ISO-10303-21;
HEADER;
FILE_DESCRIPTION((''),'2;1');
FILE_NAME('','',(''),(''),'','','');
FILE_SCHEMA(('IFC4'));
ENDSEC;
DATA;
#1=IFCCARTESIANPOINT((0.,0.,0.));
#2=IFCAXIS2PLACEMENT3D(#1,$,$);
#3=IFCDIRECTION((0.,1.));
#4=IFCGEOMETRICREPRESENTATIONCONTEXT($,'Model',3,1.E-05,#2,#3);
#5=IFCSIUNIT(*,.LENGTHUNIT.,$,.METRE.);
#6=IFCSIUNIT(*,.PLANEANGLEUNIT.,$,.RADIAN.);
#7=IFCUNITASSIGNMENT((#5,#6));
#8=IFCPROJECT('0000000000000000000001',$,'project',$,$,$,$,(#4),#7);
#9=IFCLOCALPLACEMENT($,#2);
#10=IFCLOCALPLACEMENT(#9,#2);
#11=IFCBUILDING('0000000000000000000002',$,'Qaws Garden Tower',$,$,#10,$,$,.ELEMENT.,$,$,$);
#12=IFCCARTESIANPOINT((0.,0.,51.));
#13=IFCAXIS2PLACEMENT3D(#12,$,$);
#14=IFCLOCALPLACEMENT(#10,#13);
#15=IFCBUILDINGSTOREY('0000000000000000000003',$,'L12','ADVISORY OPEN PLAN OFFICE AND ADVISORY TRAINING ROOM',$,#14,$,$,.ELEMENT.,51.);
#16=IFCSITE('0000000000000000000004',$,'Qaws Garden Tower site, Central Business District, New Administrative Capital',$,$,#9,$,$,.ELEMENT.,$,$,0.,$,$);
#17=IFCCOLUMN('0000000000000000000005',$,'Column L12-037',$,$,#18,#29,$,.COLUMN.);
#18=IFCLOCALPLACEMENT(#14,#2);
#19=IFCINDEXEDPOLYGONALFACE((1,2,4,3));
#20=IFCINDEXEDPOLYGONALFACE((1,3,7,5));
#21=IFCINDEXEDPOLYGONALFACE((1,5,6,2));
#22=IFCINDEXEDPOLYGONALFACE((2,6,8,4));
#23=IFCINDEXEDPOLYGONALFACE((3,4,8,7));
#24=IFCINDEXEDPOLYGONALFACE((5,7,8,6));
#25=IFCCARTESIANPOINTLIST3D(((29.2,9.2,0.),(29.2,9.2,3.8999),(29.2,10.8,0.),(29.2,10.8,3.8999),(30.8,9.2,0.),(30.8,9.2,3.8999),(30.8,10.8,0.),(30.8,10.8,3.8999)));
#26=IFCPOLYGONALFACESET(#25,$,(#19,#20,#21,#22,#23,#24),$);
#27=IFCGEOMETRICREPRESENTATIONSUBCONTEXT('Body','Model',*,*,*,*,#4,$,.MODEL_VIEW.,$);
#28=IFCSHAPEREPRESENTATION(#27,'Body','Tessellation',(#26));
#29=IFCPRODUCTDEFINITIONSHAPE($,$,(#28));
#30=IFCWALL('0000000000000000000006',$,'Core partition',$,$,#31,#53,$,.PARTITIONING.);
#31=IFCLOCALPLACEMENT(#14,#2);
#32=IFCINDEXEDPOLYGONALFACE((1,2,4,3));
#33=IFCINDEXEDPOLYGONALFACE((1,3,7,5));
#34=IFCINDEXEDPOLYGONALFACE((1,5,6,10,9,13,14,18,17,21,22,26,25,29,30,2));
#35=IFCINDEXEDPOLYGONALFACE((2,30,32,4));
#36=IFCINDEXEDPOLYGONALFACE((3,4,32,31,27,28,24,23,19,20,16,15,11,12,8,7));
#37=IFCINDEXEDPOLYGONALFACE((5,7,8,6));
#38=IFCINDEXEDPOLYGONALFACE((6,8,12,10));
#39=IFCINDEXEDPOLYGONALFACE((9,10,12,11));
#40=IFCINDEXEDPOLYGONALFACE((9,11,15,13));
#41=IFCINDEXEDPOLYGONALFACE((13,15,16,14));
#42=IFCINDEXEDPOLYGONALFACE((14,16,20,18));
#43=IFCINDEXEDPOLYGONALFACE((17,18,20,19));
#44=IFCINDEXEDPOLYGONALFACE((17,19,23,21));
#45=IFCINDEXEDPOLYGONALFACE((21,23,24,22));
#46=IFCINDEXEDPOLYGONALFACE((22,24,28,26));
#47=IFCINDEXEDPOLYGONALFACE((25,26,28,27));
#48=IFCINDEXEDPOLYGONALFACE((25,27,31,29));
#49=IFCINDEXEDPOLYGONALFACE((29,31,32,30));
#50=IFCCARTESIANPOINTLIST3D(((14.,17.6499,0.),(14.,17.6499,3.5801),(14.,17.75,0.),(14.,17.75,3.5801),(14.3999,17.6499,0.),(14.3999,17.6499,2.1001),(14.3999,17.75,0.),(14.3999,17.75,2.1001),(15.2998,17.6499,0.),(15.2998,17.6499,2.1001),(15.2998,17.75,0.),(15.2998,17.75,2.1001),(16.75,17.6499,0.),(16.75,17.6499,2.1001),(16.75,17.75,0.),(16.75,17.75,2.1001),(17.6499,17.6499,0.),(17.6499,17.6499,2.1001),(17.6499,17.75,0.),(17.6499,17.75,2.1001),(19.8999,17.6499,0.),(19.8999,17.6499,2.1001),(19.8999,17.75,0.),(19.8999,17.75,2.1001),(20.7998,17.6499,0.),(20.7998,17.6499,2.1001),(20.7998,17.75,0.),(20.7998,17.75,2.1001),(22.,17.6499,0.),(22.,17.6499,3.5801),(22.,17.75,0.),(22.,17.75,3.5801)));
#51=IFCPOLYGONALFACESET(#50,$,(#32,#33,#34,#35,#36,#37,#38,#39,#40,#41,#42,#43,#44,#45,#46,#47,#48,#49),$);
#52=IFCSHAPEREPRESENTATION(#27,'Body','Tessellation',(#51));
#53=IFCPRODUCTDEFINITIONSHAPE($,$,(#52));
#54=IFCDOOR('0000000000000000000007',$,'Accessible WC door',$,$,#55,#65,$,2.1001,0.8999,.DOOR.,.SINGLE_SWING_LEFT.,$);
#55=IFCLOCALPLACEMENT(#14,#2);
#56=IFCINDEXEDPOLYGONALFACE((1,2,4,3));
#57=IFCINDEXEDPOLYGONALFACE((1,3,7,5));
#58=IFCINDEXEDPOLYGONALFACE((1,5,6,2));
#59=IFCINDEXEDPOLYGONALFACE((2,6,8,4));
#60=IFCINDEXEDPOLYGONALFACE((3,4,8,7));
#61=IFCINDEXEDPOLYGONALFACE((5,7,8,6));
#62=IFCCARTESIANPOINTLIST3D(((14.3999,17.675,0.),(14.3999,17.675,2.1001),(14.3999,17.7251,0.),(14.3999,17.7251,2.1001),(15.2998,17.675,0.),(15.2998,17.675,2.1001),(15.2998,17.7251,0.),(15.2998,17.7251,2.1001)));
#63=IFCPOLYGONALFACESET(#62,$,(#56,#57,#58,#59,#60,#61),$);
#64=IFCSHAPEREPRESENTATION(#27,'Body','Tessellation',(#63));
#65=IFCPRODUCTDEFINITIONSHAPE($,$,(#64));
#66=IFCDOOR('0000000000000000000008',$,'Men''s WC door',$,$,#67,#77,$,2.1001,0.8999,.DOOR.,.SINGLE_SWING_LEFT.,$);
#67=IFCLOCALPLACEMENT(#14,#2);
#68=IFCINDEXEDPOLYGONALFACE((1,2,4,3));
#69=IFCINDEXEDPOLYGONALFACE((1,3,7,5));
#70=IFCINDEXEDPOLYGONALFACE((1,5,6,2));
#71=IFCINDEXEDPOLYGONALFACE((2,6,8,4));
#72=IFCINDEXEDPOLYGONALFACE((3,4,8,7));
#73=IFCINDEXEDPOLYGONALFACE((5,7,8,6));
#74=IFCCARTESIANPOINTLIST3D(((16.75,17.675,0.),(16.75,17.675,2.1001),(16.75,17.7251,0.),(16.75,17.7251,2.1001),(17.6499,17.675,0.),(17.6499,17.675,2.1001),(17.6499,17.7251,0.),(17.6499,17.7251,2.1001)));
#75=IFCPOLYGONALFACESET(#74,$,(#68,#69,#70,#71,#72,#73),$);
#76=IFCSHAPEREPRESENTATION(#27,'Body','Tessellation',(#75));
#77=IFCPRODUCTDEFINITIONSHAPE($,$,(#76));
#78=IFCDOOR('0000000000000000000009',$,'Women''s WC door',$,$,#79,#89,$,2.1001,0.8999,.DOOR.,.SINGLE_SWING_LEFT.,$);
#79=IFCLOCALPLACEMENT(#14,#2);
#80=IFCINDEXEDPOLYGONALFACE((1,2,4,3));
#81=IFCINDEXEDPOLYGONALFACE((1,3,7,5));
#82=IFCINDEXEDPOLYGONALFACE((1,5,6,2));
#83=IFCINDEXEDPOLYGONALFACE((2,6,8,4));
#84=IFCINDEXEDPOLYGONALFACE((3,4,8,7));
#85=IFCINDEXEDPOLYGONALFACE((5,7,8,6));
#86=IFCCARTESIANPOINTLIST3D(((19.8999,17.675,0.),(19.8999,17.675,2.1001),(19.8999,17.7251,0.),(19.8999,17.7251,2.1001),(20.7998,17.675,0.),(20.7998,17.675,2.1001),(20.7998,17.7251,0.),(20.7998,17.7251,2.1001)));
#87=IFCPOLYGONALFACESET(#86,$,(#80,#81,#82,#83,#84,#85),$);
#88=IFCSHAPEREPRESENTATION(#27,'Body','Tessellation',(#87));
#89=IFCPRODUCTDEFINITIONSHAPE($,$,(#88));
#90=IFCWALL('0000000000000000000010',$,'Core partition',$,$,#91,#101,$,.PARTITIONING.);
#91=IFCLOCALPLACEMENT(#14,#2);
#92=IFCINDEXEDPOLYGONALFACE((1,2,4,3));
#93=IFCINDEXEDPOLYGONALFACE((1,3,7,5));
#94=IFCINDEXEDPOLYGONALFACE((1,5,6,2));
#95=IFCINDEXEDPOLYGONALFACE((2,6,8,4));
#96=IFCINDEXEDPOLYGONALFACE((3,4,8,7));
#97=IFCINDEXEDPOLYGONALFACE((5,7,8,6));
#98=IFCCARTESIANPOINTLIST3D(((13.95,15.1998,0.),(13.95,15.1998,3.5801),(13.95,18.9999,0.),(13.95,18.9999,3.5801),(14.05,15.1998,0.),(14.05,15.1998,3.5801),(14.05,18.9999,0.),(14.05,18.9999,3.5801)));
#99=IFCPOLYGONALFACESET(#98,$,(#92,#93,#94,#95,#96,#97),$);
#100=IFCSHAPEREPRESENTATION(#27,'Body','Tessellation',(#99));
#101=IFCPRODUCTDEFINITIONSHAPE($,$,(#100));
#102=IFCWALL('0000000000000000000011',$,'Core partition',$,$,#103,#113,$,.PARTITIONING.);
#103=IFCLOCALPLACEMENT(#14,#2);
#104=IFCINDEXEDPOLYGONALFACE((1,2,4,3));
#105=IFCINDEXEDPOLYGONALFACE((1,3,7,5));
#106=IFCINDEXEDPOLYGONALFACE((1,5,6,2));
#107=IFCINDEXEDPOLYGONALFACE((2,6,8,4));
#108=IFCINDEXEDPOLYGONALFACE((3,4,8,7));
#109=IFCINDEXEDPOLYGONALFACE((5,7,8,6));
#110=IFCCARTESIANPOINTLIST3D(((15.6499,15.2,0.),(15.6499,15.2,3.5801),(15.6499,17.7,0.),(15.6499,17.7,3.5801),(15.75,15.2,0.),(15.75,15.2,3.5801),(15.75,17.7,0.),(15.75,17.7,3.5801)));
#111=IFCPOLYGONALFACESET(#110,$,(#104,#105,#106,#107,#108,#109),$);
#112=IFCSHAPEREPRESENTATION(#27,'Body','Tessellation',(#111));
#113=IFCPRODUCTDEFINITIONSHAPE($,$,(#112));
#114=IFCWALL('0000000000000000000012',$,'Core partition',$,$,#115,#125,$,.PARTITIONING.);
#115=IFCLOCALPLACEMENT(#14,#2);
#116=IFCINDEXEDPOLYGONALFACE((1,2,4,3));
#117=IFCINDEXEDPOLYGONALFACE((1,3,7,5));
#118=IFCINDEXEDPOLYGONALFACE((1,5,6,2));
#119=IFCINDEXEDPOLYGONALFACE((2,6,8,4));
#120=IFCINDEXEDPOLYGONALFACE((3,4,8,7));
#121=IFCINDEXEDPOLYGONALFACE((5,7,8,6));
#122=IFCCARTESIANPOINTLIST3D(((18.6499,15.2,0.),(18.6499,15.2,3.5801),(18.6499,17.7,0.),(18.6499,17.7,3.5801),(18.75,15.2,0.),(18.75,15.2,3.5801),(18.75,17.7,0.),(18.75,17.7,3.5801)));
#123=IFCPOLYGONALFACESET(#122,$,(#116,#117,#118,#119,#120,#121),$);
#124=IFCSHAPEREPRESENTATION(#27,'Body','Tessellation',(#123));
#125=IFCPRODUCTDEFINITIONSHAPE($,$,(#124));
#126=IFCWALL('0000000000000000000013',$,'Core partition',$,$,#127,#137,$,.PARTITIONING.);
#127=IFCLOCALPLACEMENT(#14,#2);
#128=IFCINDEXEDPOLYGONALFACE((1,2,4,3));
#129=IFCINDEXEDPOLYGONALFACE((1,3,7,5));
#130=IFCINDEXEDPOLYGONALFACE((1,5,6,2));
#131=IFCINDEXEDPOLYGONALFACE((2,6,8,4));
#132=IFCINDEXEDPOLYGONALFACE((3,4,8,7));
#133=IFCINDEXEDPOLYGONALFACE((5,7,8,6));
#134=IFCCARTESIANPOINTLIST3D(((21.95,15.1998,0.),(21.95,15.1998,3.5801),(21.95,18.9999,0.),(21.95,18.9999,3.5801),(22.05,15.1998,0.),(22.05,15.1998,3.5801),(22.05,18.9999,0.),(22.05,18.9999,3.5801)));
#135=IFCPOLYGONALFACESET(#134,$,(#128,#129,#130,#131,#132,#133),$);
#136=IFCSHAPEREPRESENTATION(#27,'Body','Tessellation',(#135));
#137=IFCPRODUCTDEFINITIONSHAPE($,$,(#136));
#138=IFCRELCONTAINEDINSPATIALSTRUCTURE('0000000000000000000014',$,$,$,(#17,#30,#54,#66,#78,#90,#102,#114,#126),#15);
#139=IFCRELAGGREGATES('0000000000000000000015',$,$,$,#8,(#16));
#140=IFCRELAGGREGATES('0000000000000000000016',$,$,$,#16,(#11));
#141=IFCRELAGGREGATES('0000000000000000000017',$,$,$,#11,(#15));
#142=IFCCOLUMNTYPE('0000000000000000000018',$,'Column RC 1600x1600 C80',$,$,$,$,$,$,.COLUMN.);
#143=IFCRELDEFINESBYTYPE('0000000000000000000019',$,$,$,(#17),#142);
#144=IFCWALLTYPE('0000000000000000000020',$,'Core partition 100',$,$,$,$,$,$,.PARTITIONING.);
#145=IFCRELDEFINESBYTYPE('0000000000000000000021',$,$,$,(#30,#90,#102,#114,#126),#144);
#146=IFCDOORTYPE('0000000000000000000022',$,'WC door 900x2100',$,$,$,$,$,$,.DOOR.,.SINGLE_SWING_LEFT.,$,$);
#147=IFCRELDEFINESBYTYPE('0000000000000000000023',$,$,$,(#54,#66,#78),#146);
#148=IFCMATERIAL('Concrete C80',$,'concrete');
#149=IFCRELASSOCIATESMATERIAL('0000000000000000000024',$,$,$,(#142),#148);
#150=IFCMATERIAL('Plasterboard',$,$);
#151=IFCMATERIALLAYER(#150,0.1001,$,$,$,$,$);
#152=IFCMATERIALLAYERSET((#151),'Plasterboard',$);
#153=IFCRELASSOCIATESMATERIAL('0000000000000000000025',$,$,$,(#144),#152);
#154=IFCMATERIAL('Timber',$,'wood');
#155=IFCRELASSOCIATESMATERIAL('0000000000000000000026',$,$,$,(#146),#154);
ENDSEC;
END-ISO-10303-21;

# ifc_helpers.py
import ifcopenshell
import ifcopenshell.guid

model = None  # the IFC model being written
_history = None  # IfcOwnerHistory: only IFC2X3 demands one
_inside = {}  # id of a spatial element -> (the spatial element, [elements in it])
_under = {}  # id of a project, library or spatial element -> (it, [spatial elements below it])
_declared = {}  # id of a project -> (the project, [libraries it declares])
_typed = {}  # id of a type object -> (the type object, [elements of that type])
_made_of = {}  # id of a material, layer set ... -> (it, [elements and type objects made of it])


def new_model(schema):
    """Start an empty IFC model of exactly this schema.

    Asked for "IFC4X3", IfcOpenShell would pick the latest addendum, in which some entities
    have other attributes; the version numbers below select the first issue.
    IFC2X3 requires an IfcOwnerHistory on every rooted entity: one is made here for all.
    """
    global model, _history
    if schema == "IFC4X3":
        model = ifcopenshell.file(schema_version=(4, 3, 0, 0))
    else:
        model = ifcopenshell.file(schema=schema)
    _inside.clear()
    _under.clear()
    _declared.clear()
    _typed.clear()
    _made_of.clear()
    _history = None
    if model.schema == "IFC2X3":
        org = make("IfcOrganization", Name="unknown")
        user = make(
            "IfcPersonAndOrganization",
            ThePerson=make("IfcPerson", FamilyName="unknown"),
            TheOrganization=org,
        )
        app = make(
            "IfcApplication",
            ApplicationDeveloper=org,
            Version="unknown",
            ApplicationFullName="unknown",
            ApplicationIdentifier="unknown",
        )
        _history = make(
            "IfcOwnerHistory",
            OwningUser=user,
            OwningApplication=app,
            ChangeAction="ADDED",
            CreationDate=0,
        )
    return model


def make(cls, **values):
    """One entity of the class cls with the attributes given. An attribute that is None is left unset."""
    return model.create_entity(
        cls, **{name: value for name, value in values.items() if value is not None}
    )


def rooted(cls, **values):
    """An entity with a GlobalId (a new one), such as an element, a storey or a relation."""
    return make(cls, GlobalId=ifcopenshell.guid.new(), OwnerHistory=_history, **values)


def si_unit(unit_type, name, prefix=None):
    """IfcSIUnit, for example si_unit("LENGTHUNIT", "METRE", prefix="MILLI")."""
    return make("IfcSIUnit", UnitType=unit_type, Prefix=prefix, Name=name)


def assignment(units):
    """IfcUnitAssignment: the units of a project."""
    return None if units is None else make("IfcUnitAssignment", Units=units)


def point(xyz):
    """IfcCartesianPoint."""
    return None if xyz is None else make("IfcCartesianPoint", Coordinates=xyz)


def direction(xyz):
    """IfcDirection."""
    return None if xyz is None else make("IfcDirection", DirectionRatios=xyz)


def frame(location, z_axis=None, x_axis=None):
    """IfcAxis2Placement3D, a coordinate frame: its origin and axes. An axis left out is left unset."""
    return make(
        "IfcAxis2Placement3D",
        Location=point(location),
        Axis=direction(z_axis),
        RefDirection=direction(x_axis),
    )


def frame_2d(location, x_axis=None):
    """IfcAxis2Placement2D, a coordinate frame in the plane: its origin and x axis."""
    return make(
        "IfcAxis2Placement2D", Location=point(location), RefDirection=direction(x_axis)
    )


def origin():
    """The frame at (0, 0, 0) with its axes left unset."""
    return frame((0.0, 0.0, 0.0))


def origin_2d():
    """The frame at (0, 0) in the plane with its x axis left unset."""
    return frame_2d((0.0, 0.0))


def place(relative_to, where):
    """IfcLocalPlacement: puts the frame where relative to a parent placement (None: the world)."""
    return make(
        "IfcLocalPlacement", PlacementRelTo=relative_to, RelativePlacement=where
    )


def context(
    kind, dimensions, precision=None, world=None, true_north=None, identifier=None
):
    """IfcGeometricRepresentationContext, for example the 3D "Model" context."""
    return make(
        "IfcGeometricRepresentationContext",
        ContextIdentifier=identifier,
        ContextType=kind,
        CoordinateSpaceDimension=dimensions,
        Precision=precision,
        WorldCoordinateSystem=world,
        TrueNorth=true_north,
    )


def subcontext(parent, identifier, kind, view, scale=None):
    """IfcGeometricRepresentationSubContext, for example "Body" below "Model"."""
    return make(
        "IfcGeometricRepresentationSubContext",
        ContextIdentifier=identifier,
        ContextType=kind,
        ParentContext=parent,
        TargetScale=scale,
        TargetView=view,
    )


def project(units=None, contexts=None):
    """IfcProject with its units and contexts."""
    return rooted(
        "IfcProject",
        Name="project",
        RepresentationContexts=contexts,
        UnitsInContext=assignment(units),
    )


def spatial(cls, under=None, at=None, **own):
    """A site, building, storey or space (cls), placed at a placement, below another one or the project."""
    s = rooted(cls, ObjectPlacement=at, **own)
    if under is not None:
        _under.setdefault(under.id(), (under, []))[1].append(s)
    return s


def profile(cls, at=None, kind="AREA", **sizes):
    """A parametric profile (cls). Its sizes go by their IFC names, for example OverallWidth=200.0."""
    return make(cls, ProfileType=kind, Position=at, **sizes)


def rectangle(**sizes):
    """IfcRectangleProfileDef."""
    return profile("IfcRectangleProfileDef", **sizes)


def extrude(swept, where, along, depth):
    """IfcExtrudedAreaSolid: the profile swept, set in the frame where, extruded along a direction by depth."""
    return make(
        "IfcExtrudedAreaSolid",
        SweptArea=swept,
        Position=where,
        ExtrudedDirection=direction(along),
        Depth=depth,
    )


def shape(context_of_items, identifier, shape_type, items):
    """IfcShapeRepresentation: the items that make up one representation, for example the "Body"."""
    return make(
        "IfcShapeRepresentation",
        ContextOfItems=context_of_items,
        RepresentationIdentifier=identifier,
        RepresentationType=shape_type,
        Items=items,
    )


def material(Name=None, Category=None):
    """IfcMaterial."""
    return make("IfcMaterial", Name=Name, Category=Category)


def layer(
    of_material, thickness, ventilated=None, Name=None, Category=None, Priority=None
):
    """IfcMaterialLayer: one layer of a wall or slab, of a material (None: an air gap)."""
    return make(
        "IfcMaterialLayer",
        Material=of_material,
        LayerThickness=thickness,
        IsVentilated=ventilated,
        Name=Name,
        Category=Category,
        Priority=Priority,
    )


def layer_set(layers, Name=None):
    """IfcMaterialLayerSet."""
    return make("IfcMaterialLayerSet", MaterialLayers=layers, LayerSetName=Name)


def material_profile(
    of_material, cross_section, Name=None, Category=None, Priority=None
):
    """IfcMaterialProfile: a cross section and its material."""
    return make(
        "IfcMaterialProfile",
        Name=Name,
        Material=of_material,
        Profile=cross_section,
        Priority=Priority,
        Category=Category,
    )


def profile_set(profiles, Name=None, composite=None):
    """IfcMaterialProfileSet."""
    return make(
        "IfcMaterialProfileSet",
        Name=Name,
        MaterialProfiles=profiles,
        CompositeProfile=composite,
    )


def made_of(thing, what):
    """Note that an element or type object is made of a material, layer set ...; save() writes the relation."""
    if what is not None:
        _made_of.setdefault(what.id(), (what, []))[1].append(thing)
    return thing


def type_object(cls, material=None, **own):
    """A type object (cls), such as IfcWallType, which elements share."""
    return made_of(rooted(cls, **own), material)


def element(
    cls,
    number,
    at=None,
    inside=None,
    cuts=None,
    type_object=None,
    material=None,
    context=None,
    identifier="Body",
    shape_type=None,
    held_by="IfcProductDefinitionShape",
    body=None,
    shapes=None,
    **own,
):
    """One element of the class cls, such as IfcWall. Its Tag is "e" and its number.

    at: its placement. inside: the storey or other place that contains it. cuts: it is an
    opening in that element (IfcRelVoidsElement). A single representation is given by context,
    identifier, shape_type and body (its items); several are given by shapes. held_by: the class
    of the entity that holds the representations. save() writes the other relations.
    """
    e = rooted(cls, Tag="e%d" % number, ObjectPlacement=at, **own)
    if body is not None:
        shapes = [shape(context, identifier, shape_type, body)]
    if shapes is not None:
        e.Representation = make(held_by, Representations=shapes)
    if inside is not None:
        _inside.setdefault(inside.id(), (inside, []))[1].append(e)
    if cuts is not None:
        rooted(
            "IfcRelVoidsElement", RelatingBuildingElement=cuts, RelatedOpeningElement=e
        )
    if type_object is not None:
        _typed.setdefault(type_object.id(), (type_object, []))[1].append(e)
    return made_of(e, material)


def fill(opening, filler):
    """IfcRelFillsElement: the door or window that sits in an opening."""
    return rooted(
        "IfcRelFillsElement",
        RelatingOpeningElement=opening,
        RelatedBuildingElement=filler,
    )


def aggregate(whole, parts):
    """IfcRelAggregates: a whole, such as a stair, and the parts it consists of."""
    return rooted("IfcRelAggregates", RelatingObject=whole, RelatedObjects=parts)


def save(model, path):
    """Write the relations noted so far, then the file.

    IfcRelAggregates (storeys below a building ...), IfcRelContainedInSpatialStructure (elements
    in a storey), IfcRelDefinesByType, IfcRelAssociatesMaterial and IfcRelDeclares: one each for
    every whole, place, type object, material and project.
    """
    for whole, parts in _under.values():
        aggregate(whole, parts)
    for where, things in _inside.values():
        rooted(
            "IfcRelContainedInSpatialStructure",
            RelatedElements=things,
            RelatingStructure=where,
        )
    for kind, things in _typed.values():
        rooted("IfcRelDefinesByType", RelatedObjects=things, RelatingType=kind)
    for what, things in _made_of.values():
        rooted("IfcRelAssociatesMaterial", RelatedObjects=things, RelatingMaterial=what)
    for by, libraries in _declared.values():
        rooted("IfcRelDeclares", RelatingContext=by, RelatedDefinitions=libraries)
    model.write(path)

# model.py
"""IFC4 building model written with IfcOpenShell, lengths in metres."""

from ifc_helpers import new_model, si_unit, direction, frame, frame_2d, origin, origin_2d, place, context, subcontext, project, spatial, rectangle, extrude, material, layer, layer_set, material_profile, profile_set, type_object, element, fill, save


model = new_model("IFC4")

# Units and contexts
model_context = context("Model", 3, precision=1e-05, world=origin(), true_north=direction((0.0, 1.0)))
body_context = subcontext(model_context, "Body", "Model", "MODEL_VIEW")
ifc_project = project(units=[si_unit("LENGTHUNIT", "METRE"), si_unit("PLANEANGLEUNIT", "RADIAN")], contexts=[model_context])

# Site, building, storey
site_placement = place(None, origin())
site = spatial("IfcSite", under=ifc_project, at=site_placement, Name="Qaws Garden Tower site, Central Business District, New Administrative Capital", CompositionType="ELEMENT", RefElevation=0.0)
building_placement = place(site_placement, origin())
building = spatial("IfcBuilding", under=site, at=building_placement, Name="Qaws Garden Tower", CompositionType="ELEMENT")
storey_placement = place(building_placement, frame((0.0, 0.0, 51.0)))
storey = spatial("IfcBuildingStorey", under=building, at=storey_placement, Name="L12", Description="ADVISORY OPEN PLAN OFFICE AND ADVISORY TRAINING ROOM", CompositionType="ELEMENT", Elevation=51.0)

# Column
ifc_material_1 = material(Name="Concrete C80", Category="concrete")
ifc_material_profile = material_profile(ifc_material_1, rectangle(XDim=1.6001, YDim=1.6001, at=origin_2d()), Name="RC 1600x1600")
ifc_profile_set = profile_set([ifc_material_profile], Name="Concrete C80")
column_type = type_object("IfcColumnType", Name="Column RC 1600x1600 C80", PredefinedType="COLUMN", material=ifc_profile_set)
column_placement = place(storey_placement, frame((30.0, 10.0, 0.0), z_axis=(0.0, 0.0, 1.0), x_axis=(1.0, 0.0, 0.0)))
element("IfcColumn", 1, at=column_placement, inside=storey, type_object=column_type, Name="Column L12-037", PredefinedType="COLUMN", context=body_context, shape_type="SweptSolid", body=[
    extrude(rectangle(XDim=1.6001, YDim=1.6001, at=origin_2d()), origin(), (0.0, 0.0, 1.0), 3.8999),
])

# Wall, openings, doors
ifc_material_2 = material(Name="Plasterboard")
ifc_layer_1 = layer(ifc_material_2, 0.1001)
ifc_layer_set_1 = layer_set([ifc_layer_1], Name="Plasterboard")
wall_type_1 = type_object("IfcWallType", Name="Core partition 100", PredefinedType="PARTITIONING", material=ifc_layer_set_1)
wall_1_placement = place(storey_placement, frame((14.0, 17.7, 0.0), z_axis=(0.0, 0.0, 1.0), x_axis=(1.0, 0.0, 0.0)))
wall_1 = element("IfcWall", 2, at=wall_1_placement, inside=storey, type_object=wall_type_1, Name="Core partition", PredefinedType="PARTITIONING", context=body_context, shape_type="SweptSolid", body=[
    extrude(rectangle(XDim=8.0, YDim=0.1001, at=frame_2d((4.0, 0.0))), origin(), (0.0, 0.0, 1.0), 3.5801),
])
opening_1_placement = place(wall_1_placement, frame((0.3999, 0.0, 0.0)))
opening_1 = element("IfcOpeningElement", 3, at=opening_1_placement, cuts=wall_1, PredefinedType="OPENING", context=body_context, shape_type="SweptSolid", body=[
    extrude(rectangle(XDim=0.8999, YDim=2.1001, at=frame_2d((0.45, 1.05))), frame((0.0, 0.0601, 0.0), z_axis=(0.0, -1.0, 0.0), x_axis=(1.0, 0.0, 0.0)), (0.0, 0.0, 1.0), 0.1201),
])
opening_2_placement = place(wall_1_placement, frame((2.75, 0.0, 0.0)))
opening_2 = element("IfcOpeningElement", 4, at=opening_2_placement, cuts=wall_1, PredefinedType="OPENING", context=body_context, shape_type="SweptSolid", body=[
    extrude(rectangle(XDim=0.8999, YDim=2.1001, at=frame_2d((0.45, 1.05))), frame((0.0, 0.0601, 0.0), z_axis=(0.0, -1.0, 0.0), x_axis=(1.0, 0.0, 0.0)), (0.0, 0.0, 1.0), 0.1201),
])
opening_3_placement = place(wall_1_placement, frame((5.8999, 0.0, 0.0)))
opening_3 = element("IfcOpeningElement", 5, at=opening_3_placement, cuts=wall_1, PredefinedType="OPENING", context=body_context, shape_type="SweptSolid", body=[
    extrude(rectangle(XDim=0.8999, YDim=2.1001, at=frame_2d((0.45, 1.05))), frame((0.0, 0.0601, 0.0), z_axis=(0.0, -1.0, 0.0), x_axis=(1.0, 0.0, 0.0)), (0.0, 0.0, 1.0), 0.1201),
])
ifc_material_3 = material(Name="Timber", Category="wood")
door_type_1 = type_object("IfcDoorType", Name="WC door 900x2100", OperationType="SINGLE_SWING_LEFT", PredefinedType="DOOR", material=ifc_material_3)
door_1_placement = place(opening_1_placement, frame((0.8999, 0.0, 0.0), z_axis=(0.0, 0.0, 1.0), x_axis=(-1.0, 0.0, 0.0)))
door_1 = element("IfcDoor", 6, at=door_1_placement, inside=storey, type_object=door_type_1, Name="Accessible WC door", OperationType="SINGLE_SWING_LEFT", OverallHeight=2.1001, OverallWidth=0.8999, PredefinedType="DOOR", context=body_context, shape_type="SweptSolid", body=[
    extrude(rectangle(XDim=0.8999, YDim=2.1001, at=frame_2d((0.45, 1.05))), frame((0.0, 0.0249, 0.0), z_axis=(0.0, -1.0, 0.0), x_axis=(1.0, 0.0, 0.0)), (0.0, 0.0, 1.0), 0.05),
])
fill(opening_1, door_1)
door_2_placement = place(opening_2_placement, frame((0.8999, 0.0, 0.0), z_axis=(0.0, 0.0, 1.0), x_axis=(-1.0, 0.0, 0.0)))
door_2 = element("IfcDoor", 7, at=door_2_placement, inside=storey, type_object=door_type_1, Name="Men's WC door", OperationType="SINGLE_SWING_LEFT", OverallHeight=2.1001, OverallWidth=0.8999, PredefinedType="DOOR", context=body_context, shape_type="SweptSolid", body=[
    extrude(rectangle(XDim=0.8999, YDim=2.1001, at=frame_2d((0.45, 1.05))), frame((0.0, 0.0249, 0.0), z_axis=(0.0, -1.0, 0.0), x_axis=(1.0, 0.0, 0.0)), (0.0, 0.0, 1.0), 0.05),
])
fill(opening_2, door_2)
door_3_placement = place(opening_3_placement, frame((0.8999, 0.0, 0.0), z_axis=(0.0, 0.0, 1.0), x_axis=(-1.0, 0.0, 0.0)))
door_3 = element("IfcDoor", 8, at=door_3_placement, inside=storey, type_object=door_type_1, Name="Women's WC door", OperationType="SINGLE_SWING_LEFT", OverallHeight=2.1001, OverallWidth=0.8999, PredefinedType="DOOR", context=body_context, shape_type="SweptSolid", body=[
    extrude(rectangle(XDim=0.8999, YDim=2.1001, at=frame_2d((0.45, 1.05))), frame((0.0, 0.0249, 0.0), z_axis=(0.0, -1.0, 0.0), x_axis=(1.0, 0.0, 0.0)), (0.0, 0.0, 1.0), 0.05),
])
fill(opening_3, door_3)

# Walls
wall_2_placement = place(storey_placement, frame((14.0, 15.2, 0.0), z_axis=(0.0, 0.0, 1.0), x_axis=(0.0, 1.0, 0.0)))
element("IfcWall", 9, at=wall_2_placement, inside=storey, type_object=wall_type_1, Name="Core partition", PredefinedType="PARTITIONING", context=body_context, shape_type="SweptSolid", body=[
    extrude(rectangle(XDim=3.8, YDim=0.1001, at=frame_2d((1.8999, 0.0))), origin(), (0.0, 0.0, 1.0), 3.5801),
])
for number, where, z_axis, x_axis, name in (
    (10, (15.7, 15.2, 0.0), (0.0, 0.0, 1.0), (0.0, 1.0, 0.0), "Core partition"),
    (11, (18.7, 15.2, 0.0), (0.0, 0.0, 1.0), (0.0, 1.0, 0.0), "Core partition"),
):
    element("IfcWall", number, at=place(storey_placement, frame(where, z_axis=z_axis, x_axis=x_axis)), inside=storey, type_object=wall_type_1, Name=name, PredefinedType="PARTITIONING", context=body_context, shape_type="SweptSolid", body=[
        extrude(rectangle(XDim=2.5, YDim=0.1001, at=frame_2d((1.25, 0.0))), origin(), (0.0, 0.0, 1.0), 3.5801),
    ])
wall_3_placement = place(storey_placement, frame((22.0, 15.2, 0.0), z_axis=(0.0, 0.0, 1.0), x_axis=(0.0, 1.0, 0.0)))
element("IfcWall", 12, at=wall_3_placement, inside=storey, type_object=wall_type_1, Name="Core partition", PredefinedType="PARTITIONING", context=body_context, shape_type="SweptSolid", body=[
    extrude(rectangle(XDim=3.8, YDim=0.1001, at=frame_2d((1.8999, 0.0))), origin(), (0.0, 0.0, 1.0), 3.5801),
])

save(model, "model.ifc")
